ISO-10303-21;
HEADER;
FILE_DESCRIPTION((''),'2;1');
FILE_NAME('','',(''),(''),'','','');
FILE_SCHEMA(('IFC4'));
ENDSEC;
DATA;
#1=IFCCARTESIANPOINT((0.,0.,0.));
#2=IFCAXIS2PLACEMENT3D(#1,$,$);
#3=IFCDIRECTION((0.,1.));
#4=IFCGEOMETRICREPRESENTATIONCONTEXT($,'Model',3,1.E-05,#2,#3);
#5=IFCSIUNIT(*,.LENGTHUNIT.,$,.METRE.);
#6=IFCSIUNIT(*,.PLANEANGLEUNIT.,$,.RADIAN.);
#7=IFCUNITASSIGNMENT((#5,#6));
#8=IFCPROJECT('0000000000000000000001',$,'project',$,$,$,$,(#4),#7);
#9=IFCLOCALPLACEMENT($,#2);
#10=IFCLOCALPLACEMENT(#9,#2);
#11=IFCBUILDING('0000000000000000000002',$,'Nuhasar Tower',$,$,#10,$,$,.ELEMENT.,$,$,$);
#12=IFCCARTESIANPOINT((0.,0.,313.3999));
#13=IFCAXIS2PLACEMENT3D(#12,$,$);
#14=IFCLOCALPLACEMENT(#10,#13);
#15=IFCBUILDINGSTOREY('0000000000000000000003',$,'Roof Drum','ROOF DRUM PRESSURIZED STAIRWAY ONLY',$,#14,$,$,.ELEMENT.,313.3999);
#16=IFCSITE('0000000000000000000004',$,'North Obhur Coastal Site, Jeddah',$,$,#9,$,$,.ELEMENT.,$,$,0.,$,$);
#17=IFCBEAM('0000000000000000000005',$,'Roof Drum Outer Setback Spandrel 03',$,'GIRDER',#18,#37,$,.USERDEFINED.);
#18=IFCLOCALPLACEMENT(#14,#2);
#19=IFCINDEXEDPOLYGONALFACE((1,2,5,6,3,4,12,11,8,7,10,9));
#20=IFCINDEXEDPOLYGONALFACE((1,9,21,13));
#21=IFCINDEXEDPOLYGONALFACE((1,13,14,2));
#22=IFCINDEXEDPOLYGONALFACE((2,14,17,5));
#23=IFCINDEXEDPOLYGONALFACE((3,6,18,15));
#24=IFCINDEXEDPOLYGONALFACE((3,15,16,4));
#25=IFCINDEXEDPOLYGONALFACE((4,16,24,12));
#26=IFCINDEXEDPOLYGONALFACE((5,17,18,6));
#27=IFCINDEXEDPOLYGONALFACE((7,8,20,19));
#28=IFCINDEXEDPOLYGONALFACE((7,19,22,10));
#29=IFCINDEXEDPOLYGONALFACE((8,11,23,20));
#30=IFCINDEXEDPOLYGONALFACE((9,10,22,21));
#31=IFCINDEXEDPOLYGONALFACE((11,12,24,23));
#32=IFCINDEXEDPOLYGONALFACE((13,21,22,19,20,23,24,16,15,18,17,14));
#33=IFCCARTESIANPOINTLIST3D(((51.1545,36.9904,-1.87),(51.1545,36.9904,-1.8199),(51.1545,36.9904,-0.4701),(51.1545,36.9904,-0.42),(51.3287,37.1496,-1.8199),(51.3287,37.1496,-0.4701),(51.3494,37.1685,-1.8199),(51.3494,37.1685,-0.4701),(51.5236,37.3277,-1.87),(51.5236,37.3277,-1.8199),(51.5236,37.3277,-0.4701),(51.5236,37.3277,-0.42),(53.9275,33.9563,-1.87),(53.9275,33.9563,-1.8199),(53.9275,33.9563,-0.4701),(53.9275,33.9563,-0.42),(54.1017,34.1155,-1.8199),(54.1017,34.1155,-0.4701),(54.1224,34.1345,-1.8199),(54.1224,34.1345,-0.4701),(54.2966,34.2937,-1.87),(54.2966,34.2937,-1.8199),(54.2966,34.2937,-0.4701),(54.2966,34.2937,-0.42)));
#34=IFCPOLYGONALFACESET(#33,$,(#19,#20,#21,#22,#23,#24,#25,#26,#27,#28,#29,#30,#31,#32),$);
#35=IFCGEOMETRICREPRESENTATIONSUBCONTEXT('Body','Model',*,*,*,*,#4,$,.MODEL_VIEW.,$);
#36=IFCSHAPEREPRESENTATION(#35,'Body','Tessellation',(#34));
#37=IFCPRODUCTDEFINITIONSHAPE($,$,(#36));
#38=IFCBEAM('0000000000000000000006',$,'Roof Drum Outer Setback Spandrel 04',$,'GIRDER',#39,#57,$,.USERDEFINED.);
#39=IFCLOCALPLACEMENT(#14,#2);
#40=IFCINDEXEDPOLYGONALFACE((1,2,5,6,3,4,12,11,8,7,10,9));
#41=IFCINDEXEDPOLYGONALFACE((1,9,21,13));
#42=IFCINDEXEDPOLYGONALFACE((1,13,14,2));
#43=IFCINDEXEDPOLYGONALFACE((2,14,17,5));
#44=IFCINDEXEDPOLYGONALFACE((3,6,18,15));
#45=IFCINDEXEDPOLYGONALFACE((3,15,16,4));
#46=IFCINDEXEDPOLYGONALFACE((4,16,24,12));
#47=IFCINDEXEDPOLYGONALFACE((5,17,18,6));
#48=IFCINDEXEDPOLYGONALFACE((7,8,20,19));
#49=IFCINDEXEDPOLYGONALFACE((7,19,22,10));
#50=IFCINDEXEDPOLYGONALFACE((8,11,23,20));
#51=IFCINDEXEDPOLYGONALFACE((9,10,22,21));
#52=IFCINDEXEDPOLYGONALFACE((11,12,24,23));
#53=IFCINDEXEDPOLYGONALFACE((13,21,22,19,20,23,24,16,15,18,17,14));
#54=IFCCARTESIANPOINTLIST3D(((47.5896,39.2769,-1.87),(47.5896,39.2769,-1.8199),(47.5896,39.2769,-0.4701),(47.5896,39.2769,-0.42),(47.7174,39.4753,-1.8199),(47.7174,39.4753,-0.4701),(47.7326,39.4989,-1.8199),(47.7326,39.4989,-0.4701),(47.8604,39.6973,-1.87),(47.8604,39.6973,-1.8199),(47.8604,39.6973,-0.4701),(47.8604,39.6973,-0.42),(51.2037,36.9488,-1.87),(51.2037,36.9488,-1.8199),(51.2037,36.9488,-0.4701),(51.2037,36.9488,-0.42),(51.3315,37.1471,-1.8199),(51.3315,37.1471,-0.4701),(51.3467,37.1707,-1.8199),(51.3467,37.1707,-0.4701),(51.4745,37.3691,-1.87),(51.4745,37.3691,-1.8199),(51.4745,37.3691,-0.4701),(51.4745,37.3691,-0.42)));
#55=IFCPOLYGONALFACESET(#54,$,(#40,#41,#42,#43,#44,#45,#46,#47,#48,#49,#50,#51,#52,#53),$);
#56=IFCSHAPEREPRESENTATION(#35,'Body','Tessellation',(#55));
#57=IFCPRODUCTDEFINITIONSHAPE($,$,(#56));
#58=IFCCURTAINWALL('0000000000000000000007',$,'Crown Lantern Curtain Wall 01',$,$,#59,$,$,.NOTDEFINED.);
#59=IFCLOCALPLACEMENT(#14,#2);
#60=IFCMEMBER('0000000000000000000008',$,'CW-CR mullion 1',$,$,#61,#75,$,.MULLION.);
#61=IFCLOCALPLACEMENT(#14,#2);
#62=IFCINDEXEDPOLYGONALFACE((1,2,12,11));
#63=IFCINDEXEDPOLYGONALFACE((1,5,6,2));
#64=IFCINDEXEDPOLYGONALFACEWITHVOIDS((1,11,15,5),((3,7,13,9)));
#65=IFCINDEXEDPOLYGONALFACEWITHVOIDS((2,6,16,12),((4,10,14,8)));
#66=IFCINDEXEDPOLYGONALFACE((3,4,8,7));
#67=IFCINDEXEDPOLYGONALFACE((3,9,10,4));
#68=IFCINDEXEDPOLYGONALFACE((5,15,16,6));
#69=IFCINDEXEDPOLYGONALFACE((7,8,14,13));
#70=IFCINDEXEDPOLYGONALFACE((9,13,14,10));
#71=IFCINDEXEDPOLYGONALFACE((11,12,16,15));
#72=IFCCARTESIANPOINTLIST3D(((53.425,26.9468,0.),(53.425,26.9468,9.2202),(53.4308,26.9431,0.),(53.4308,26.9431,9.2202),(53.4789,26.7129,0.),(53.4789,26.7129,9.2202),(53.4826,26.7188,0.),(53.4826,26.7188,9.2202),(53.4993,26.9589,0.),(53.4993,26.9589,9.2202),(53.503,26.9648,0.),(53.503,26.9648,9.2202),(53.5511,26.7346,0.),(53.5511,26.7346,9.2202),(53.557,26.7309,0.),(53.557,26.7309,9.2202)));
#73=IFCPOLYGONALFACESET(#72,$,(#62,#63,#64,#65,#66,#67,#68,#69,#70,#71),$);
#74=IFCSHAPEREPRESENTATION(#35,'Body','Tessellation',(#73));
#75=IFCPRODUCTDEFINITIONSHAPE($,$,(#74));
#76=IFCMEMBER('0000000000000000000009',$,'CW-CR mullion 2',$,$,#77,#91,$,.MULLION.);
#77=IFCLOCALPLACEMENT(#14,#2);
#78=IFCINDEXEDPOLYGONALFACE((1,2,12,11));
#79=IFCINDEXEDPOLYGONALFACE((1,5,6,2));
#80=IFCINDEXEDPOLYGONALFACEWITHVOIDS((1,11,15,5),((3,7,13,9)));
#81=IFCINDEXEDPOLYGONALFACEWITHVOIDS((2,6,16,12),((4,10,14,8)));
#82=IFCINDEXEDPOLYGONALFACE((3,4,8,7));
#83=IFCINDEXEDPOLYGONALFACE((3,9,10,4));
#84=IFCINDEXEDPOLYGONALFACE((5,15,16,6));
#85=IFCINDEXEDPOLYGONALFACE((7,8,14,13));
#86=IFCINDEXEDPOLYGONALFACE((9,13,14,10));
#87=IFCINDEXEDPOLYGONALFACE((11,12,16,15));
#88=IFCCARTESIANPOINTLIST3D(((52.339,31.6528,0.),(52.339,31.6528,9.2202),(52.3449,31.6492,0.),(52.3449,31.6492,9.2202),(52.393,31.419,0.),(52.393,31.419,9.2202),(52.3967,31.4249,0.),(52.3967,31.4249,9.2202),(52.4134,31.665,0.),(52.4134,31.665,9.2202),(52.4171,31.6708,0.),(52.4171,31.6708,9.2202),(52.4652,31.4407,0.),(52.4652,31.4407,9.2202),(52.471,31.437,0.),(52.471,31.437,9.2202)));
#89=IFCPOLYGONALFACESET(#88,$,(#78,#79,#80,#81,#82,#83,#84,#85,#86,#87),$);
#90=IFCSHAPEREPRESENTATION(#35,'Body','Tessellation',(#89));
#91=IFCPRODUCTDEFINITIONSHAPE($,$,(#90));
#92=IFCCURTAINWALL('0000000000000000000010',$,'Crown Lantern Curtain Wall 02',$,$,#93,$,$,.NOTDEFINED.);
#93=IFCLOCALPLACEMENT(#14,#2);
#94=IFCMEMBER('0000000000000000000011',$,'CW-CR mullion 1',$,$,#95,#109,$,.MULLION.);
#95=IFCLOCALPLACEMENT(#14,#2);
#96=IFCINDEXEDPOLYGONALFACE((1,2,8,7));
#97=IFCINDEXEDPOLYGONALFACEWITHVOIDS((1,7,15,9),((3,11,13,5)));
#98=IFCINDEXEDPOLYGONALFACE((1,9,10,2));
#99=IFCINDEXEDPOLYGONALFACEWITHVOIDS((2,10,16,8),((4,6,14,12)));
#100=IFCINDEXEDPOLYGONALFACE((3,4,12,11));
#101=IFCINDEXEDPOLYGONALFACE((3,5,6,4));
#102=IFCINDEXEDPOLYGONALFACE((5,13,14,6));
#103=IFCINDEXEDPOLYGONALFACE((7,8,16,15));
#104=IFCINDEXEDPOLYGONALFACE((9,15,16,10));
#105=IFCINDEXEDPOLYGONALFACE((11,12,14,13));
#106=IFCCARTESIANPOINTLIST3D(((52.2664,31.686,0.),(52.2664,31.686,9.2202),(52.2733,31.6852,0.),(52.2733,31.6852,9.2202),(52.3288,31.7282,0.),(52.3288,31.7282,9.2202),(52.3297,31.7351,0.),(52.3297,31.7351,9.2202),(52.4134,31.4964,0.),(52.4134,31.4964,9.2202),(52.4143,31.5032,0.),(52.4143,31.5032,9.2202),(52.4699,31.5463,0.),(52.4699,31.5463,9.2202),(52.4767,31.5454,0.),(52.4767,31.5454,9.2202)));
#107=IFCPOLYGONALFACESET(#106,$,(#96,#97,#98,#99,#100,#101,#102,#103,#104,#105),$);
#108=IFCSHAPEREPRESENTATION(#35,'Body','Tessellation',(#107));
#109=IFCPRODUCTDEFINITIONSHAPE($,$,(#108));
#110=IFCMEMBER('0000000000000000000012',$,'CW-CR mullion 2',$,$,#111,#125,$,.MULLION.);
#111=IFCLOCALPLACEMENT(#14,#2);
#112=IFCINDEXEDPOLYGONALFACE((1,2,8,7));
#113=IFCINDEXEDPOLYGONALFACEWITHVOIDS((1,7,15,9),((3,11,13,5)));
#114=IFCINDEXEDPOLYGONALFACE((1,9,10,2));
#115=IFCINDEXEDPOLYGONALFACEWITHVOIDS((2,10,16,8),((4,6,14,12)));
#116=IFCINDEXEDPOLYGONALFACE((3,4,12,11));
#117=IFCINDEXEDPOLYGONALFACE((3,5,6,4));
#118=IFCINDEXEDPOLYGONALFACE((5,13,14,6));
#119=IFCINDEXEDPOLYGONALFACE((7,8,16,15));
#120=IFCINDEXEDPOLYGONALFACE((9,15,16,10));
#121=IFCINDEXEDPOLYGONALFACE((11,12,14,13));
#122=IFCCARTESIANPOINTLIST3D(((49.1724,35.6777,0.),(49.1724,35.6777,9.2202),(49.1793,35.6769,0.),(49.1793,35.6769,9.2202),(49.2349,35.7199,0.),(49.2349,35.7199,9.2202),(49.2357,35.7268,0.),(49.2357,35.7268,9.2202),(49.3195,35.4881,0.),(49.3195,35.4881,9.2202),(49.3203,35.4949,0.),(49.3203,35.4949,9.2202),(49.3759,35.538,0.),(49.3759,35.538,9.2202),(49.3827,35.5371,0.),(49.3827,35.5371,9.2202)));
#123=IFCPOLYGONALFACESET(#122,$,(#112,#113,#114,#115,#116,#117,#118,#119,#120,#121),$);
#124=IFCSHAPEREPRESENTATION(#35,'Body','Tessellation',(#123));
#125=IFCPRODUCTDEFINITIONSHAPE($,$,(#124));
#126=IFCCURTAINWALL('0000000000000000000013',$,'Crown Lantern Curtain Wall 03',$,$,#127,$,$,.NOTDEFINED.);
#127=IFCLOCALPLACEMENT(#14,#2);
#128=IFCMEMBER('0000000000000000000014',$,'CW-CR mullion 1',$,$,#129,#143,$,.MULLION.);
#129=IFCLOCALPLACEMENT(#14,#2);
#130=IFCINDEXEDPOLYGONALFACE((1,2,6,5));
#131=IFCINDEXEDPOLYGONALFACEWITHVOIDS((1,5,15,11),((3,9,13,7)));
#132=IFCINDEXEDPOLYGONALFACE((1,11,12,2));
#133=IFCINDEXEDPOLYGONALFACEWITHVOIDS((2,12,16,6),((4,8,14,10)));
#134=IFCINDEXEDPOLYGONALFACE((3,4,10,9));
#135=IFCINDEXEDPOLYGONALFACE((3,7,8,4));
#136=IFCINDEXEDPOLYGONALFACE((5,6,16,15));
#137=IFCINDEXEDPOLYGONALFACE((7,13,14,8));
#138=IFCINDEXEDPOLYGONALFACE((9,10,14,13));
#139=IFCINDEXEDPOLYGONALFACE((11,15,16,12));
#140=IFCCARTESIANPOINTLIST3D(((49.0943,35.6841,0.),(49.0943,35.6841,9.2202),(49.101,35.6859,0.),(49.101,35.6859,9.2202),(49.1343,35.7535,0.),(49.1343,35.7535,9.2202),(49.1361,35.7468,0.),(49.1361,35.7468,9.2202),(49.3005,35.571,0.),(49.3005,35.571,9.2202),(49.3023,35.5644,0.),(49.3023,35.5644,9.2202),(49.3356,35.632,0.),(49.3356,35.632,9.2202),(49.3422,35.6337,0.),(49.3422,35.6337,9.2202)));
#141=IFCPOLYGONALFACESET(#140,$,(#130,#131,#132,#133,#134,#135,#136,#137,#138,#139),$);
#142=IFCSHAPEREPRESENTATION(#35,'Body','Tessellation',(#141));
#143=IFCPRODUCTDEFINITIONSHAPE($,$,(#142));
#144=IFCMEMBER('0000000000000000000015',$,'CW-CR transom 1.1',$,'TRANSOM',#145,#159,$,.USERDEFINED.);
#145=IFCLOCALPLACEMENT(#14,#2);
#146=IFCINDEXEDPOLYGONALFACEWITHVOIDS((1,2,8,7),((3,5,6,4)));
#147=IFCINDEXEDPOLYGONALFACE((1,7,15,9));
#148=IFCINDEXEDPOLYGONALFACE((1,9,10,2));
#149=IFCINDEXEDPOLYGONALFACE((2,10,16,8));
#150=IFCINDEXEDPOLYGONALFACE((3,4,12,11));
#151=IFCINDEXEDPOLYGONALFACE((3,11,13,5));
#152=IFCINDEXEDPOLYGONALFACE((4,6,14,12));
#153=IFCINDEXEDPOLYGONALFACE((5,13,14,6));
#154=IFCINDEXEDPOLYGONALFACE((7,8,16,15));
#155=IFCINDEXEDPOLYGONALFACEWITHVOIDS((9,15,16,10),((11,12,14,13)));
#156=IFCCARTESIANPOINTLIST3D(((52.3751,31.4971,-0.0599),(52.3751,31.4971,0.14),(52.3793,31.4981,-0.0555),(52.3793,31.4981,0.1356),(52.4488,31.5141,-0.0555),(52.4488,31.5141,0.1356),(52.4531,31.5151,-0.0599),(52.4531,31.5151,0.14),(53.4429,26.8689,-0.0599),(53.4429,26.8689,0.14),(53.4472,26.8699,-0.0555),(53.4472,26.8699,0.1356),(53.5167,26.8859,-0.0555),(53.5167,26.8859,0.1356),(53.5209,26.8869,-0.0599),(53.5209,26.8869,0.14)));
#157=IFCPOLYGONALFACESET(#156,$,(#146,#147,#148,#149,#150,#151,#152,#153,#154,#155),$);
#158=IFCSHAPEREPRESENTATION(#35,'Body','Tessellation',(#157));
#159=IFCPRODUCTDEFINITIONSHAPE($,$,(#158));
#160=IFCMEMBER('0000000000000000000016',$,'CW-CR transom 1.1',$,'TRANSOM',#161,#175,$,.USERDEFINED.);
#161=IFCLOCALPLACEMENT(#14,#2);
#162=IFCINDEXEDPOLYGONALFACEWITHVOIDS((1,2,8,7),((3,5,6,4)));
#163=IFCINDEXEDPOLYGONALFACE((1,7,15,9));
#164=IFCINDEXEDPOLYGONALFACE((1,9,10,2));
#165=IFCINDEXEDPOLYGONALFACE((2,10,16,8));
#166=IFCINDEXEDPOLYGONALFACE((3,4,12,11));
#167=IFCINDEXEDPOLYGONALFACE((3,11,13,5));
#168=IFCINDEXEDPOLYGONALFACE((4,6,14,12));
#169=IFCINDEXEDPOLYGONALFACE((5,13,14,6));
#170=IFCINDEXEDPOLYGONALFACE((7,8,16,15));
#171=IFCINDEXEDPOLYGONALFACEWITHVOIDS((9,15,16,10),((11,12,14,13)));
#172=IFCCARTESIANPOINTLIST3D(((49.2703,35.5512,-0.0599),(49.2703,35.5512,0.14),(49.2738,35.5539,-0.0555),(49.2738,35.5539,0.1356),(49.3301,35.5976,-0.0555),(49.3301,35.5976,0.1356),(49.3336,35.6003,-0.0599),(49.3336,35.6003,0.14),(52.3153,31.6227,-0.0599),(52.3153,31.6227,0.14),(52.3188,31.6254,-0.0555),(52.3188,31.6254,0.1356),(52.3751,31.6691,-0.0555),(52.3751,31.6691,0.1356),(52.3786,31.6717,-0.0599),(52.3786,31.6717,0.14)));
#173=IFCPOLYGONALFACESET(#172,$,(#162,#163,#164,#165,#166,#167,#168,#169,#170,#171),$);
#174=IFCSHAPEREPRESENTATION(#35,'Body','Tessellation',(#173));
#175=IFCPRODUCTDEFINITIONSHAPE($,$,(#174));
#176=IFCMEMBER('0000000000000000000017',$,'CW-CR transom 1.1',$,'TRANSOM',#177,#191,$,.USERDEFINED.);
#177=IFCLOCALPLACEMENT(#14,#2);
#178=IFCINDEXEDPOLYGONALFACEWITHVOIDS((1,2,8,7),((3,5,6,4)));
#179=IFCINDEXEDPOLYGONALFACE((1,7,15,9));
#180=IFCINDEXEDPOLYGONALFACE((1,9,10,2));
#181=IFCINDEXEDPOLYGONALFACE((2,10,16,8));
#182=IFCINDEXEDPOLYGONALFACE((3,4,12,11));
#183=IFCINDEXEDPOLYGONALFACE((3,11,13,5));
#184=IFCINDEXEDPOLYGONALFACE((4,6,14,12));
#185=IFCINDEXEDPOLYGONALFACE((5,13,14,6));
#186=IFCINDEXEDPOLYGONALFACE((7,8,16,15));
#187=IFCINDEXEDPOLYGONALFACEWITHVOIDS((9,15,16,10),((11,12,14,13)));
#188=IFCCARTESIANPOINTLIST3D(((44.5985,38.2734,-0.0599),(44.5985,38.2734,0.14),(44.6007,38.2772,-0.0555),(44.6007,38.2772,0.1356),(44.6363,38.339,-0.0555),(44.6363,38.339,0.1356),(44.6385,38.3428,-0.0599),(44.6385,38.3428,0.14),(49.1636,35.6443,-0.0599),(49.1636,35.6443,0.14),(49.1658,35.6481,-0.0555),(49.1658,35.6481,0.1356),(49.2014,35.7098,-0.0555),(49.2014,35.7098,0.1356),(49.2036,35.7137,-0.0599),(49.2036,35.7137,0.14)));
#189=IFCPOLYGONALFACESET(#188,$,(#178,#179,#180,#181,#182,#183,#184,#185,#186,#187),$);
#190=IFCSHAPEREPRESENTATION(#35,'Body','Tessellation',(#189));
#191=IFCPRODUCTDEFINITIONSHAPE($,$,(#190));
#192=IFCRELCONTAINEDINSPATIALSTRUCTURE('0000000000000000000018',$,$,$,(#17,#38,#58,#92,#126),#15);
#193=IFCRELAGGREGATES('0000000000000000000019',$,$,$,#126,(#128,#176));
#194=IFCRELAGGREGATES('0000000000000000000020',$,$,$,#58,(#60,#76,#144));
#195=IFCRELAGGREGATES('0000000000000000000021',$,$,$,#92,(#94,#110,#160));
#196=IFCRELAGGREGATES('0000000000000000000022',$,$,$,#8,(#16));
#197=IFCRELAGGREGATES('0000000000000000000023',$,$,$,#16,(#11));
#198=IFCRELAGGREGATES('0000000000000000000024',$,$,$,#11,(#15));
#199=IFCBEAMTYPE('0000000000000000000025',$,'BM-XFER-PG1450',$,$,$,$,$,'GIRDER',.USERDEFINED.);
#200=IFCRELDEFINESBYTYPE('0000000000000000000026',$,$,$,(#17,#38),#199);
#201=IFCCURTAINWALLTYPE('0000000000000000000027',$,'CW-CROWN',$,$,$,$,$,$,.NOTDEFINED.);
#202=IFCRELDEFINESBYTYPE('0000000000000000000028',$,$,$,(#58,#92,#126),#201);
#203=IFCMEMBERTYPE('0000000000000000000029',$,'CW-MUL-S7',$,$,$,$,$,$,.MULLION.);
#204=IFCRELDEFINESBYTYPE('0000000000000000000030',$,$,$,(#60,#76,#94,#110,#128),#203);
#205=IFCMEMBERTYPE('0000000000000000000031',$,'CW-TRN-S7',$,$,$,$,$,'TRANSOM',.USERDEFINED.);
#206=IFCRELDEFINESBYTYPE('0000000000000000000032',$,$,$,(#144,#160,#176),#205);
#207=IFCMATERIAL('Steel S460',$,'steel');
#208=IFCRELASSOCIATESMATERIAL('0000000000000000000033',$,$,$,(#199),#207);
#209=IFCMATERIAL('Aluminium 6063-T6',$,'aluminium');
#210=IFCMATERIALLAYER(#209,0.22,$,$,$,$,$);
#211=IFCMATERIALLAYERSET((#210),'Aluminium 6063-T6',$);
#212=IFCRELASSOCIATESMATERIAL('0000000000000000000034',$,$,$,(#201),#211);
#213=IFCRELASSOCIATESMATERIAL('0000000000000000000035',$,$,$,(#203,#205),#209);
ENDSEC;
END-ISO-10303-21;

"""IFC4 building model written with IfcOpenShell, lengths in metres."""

from ifc_helpers import new_model, si_unit, direction, frame, origin, origin_2d, place, context, subcontext, project, spatial, hollow_rectangle, i_section, extrude, material, layer, layer_set, material_profile, profile_set, type_object, element, aggregate, save


model = new_model("IFC4")

# Units and contexts
model_context = context("Model", 3, precision=1e-05, world=origin(), true_north=direction((0.0, 1.0)))
body_context = subcontext(model_context, "Body", "Model", "MODEL_VIEW")
ifc_project = project(units=[si_unit("LENGTHUNIT", "METRE"), si_unit("PLANEANGLEUNIT", "RADIAN")], contexts=[model_context])

# Site, building, storey
site_placement = place(None, origin())
site = spatial("IfcSite", under=ifc_project, at=site_placement, Name="North Obhur Coastal Site, Jeddah", CompositionType="ELEMENT", RefElevation=0.0)
building_placement = place(site_placement, origin())
building = spatial("IfcBuilding", under=site, at=building_placement, Name="Nuhasar Tower", CompositionType="ELEMENT")
storey_placement = place(building_placement, frame((0.0, 0.0, 313.3999)))
storey = spatial("IfcBuildingStorey", under=building, at=storey_placement, Name="Roof Drum", Description="ROOF DRUM PRESSURIZED STAIRWAY ONLY", CompositionType="ELEMENT", Elevation=313.3999)

# Beams
ifc_material_1 = material(Name="Steel S460", Category="steel")
ifc_material_profile_1 = material_profile(ifc_material_1, i_section(OverallWidth=0.5, OverallDepth=1.45, WebThickness=0.0281, FlangeThickness=0.05, at=origin_2d()), Name="PG1450X500")
ifc_profile_set_1 = profile_set([ifc_material_profile_1], Name="Steel S460")
beam_type_1 = type_object("IfcBeamType", Name="BM-XFER-PG1450", ElementType="GIRDER", PredefinedType="USERDEFINED", material=ifc_profile_set_1)
beam_1_placement = place(storey_placement, frame((54.1121, 34.125, -1.145), z_axis=(-0.674645, 0.738142, 0.0), x_axis=(-0.738142, -0.674645, 0.0)))
element("IfcBeam", 1, at=beam_1_placement, inside=storey, type_object=beam_type_1, Name="Roof Drum Outer Setback Spandrel 03", ObjectType="GIRDER", PredefinedType="USERDEFINED", context=body_context, shape_type="SweptSolid", body=[
    extrude(i_section(OverallWidth=0.5, OverallDepth=1.45, WebThickness=0.0281, FlangeThickness=0.05, at=origin_2d()), origin(), (0.0, 0.0, 1.0), 4.1104),
])
beam_2_placement = place(storey_placement, frame((51.3391, 37.1589, -1.145), z_axis=(-0.840667, 0.541552, 0.0), x_axis=(-0.541552, -0.840667, 0.0)))
element("IfcBeam", 2, at=beam_2_placement, inside=storey, type_object=beam_type_1, Name="Roof Drum Outer Setback Spandrel 04", ObjectType="GIRDER", PredefinedType="USERDEFINED", context=body_context, shape_type="SweptSolid", body=[
    extrude(i_section(OverallWidth=0.5, OverallDepth=1.45, WebThickness=0.0281, FlangeThickness=0.05, at=origin_2d()), origin(), (0.0, 0.0, 1.0), 4.2991),
])

# Curtain walls, members
ifc_material_2 = material(Name="Aluminium 6063-T6", Category="aluminium")
ifc_layer_1 = layer(ifc_material_2, 0.22)
ifc_layer_set_1 = layer_set([ifc_layer_1], Name="Aluminium 6063-T6")
curtain_wall_type = type_object("IfcCurtainWallType", Name="CW-CROWN", PredefinedType="NOTDEFINED", material=ifc_layer_set_1)
curtain_wall_1_placement = place(storey_placement, origin())
curtain_wall_1 = element("IfcCurtainWall", 3, at=curtain_wall_1_placement, inside=storey, type_object=curtain_wall_type, Name="Crown Lantern Curtain Wall 01", PredefinedType="NOTDEFINED")
ifc_material_profile_2 = material_profile(ifc_material_2, hollow_rectangle(XDim=0.0801, YDim=0.24, WallThickness=0.0049, at=origin_2d()), Name="CWM-7")
ifc_profile_set_2 = profile_set([ifc_material_profile_2], Name="Aluminium 6063-T6")
member_type_1 = type_object("IfcMemberType", Name="CW-MUL-S7", PredefinedType="MULLION", material=ifc_profile_set_2)
member_1_placement = place(storey_placement, frame((53.491, 26.8389, 0.0), z_axis=(0.0, 0.0, 1.0), x_axis=(-0.974391, -0.22486, 0.0)))
member_1 = element("IfcMember", 4, at=member_1_placement, type_object=member_type_1, Name="CW-CR mullion 1", PredefinedType="MULLION", context=body_context, shape_type="SweptSolid", body=[
    extrude(hollow_rectangle(XDim=0.0801, YDim=0.24, WallThickness=0.0049, at=origin_2d()), origin(), (0.0, 0.0, 1.0), 9.2202),
])
member_2_placement = place(storey_placement, frame((52.405, 31.5449, 0.0), z_axis=(0.0, 0.0, 1.0), x_axis=(-0.974391, -0.22486, 0.0)))
member_2 = element("IfcMember", 5, at=member_2_placement, type_object=member_type_1, Name="CW-CR mullion 2", PredefinedType="MULLION", context=body_context, shape_type="SweptSolid", body=[
    extrude(hollow_rectangle(XDim=0.0801, YDim=0.24, WallThickness=0.0049, at=origin_2d()), origin(), (0.0, 0.0, 1.0), 9.2202),
])
curtain_wall_2_placement = place(storey_placement, origin())
curtain_wall_2 = element("IfcCurtainWall", 6, at=curtain_wall_2_placement, inside=storey, type_object=curtain_wall_type, Name="Crown Lantern Curtain Wall 02", PredefinedType="NOTDEFINED")
member_3_placement = place(storey_placement, frame((52.3716, 31.6157, 0.0), z_axis=(0.0, 0.0, 1.0), x_axis=(-0.79038, -0.612617, 0.0)))
member_3 = element("IfcMember", 7, at=member_3_placement, type_object=member_type_1, Name="CW-CR mullion 1", PredefinedType="MULLION", context=body_context, shape_type="SweptSolid", body=[
    extrude(hollow_rectangle(XDim=0.0801, YDim=0.24, WallThickness=0.0049, at=origin_2d()), origin(), (0.0, 0.0, 1.0), 9.2202),
])
member_4_placement = place(storey_placement, frame((49.2776, 35.6074, 0.0), z_axis=(0.0, 0.0, 1.0), x_axis=(-0.79038, -0.612617, 0.0)))
member_4 = element("IfcMember", 8, at=member_4_placement, type_object=member_type_1, Name="CW-CR mullion 2", PredefinedType="MULLION", context=body_context, shape_type="SweptSolid", body=[
    extrude(hollow_rectangle(XDim=0.0801, YDim=0.24, WallThickness=0.0049, at=origin_2d()), origin(), (0.0, 0.0, 1.0), 9.2202),
])

# Curtain wall, member
curtain_wall_3_placement = place(storey_placement, origin())
curtain_wall_3 = element("IfcCurtainWall", 9, at=curtain_wall_3_placement, inside=storey, type_object=curtain_wall_type, Name="Crown Lantern Curtain Wall 03", PredefinedType="NOTDEFINED")
member_5_placement = place(storey_placement, frame((49.2183, 35.6589, 0.0), z_axis=(0.0, 0.0, 1.0), x_axis=(-0.499052, -0.866572, 0.0)))
member_5 = element("IfcMember", 10, at=member_5_placement, type_object=member_type_1, Name="CW-CR mullion 1", PredefinedType="MULLION", context=body_context, shape_type="SweptSolid", body=[
    extrude(hollow_rectangle(XDim=0.0801, YDim=0.24, WallThickness=0.0049, at=origin_2d()), origin(), (0.0, 0.0, 1.0), 9.2202),
])

# Members
ifc_material_profile_3 = material_profile(ifc_material_2, hollow_rectangle(XDim=0.0801, YDim=0.2, WallThickness=0.0044, at=origin_2d()), Name="CWT-7")
ifc_profile_set_3 = profile_set([ifc_material_profile_3], Name="Aluminium 6063-T6")
member_type_2 = type_object("IfcMemberType", Name="CW-TRN-S7", ElementType="TRANSOM", PredefinedType="USERDEFINED", material=ifc_profile_set_3)
member_6_placement = place(storey_placement, frame((53.4819, 26.8779, 0.04), z_axis=(-0.224826, 0.974399, 0.0), x_axis=(-0.974399, -0.224826, 0.0)))
member_6 = element("IfcMember", 11, at=member_6_placement, type_object=member_type_2, Name="CW-CR transom 1.1", ObjectType="TRANSOM", PredefinedType="USERDEFINED", context=body_context, shape_type="SweptSolid", body=[
    extrude(hollow_rectangle(XDim=0.0801, YDim=0.2, WallThickness=0.0044, at=origin_2d()), origin(), (0.0, 0.0, 1.0), 4.7498),
])
member_7_placement = place(storey_placement, frame((52.3469, 31.6472, 0.04), z_axis=(-0.612617, 0.79038, 0.0), x_axis=(-0.79038, -0.612617, 0.0)))
member_7 = element("IfcMember", 12, at=member_7_placement, type_object=member_type_2, Name="CW-CR transom 1.1", ObjectType="TRANSOM", PredefinedType="USERDEFINED", context=body_context, shape_type="SweptSolid", body=[
    extrude(hollow_rectangle(XDim=0.0801, YDim=0.2, WallThickness=0.0044, at=origin_2d()), origin(), (0.0, 0.0, 1.0), 4.9705),
])
member_8_placement = place(storey_placement, frame((49.1836, 35.679, 0.04), z_axis=(-0.866564, 0.499066, 0.0), x_axis=(-0.499066, -0.866564, 0.0)))
member_8 = element("IfcMember", 13, at=member_8_placement, type_object=member_type_2, Name="CW-CR transom 1.1", ObjectType="TRANSOM", PredefinedType="USERDEFINED", context=body_context, shape_type="SweptSolid", body=[
    extrude(hollow_rectangle(XDim=0.0801, YDim=0.2, WallThickness=0.0044, at=origin_2d()), origin(), (0.0, 0.0, 1.0), 5.2681),
])
aggregate(curtain_wall_3, [member_5, member_8])

aggregate(curtain_wall_1, [member_1, member_2, member_6])
aggregate(curtain_wall_2, [member_3, member_4, member_7])

save(model, "model.ifc")
